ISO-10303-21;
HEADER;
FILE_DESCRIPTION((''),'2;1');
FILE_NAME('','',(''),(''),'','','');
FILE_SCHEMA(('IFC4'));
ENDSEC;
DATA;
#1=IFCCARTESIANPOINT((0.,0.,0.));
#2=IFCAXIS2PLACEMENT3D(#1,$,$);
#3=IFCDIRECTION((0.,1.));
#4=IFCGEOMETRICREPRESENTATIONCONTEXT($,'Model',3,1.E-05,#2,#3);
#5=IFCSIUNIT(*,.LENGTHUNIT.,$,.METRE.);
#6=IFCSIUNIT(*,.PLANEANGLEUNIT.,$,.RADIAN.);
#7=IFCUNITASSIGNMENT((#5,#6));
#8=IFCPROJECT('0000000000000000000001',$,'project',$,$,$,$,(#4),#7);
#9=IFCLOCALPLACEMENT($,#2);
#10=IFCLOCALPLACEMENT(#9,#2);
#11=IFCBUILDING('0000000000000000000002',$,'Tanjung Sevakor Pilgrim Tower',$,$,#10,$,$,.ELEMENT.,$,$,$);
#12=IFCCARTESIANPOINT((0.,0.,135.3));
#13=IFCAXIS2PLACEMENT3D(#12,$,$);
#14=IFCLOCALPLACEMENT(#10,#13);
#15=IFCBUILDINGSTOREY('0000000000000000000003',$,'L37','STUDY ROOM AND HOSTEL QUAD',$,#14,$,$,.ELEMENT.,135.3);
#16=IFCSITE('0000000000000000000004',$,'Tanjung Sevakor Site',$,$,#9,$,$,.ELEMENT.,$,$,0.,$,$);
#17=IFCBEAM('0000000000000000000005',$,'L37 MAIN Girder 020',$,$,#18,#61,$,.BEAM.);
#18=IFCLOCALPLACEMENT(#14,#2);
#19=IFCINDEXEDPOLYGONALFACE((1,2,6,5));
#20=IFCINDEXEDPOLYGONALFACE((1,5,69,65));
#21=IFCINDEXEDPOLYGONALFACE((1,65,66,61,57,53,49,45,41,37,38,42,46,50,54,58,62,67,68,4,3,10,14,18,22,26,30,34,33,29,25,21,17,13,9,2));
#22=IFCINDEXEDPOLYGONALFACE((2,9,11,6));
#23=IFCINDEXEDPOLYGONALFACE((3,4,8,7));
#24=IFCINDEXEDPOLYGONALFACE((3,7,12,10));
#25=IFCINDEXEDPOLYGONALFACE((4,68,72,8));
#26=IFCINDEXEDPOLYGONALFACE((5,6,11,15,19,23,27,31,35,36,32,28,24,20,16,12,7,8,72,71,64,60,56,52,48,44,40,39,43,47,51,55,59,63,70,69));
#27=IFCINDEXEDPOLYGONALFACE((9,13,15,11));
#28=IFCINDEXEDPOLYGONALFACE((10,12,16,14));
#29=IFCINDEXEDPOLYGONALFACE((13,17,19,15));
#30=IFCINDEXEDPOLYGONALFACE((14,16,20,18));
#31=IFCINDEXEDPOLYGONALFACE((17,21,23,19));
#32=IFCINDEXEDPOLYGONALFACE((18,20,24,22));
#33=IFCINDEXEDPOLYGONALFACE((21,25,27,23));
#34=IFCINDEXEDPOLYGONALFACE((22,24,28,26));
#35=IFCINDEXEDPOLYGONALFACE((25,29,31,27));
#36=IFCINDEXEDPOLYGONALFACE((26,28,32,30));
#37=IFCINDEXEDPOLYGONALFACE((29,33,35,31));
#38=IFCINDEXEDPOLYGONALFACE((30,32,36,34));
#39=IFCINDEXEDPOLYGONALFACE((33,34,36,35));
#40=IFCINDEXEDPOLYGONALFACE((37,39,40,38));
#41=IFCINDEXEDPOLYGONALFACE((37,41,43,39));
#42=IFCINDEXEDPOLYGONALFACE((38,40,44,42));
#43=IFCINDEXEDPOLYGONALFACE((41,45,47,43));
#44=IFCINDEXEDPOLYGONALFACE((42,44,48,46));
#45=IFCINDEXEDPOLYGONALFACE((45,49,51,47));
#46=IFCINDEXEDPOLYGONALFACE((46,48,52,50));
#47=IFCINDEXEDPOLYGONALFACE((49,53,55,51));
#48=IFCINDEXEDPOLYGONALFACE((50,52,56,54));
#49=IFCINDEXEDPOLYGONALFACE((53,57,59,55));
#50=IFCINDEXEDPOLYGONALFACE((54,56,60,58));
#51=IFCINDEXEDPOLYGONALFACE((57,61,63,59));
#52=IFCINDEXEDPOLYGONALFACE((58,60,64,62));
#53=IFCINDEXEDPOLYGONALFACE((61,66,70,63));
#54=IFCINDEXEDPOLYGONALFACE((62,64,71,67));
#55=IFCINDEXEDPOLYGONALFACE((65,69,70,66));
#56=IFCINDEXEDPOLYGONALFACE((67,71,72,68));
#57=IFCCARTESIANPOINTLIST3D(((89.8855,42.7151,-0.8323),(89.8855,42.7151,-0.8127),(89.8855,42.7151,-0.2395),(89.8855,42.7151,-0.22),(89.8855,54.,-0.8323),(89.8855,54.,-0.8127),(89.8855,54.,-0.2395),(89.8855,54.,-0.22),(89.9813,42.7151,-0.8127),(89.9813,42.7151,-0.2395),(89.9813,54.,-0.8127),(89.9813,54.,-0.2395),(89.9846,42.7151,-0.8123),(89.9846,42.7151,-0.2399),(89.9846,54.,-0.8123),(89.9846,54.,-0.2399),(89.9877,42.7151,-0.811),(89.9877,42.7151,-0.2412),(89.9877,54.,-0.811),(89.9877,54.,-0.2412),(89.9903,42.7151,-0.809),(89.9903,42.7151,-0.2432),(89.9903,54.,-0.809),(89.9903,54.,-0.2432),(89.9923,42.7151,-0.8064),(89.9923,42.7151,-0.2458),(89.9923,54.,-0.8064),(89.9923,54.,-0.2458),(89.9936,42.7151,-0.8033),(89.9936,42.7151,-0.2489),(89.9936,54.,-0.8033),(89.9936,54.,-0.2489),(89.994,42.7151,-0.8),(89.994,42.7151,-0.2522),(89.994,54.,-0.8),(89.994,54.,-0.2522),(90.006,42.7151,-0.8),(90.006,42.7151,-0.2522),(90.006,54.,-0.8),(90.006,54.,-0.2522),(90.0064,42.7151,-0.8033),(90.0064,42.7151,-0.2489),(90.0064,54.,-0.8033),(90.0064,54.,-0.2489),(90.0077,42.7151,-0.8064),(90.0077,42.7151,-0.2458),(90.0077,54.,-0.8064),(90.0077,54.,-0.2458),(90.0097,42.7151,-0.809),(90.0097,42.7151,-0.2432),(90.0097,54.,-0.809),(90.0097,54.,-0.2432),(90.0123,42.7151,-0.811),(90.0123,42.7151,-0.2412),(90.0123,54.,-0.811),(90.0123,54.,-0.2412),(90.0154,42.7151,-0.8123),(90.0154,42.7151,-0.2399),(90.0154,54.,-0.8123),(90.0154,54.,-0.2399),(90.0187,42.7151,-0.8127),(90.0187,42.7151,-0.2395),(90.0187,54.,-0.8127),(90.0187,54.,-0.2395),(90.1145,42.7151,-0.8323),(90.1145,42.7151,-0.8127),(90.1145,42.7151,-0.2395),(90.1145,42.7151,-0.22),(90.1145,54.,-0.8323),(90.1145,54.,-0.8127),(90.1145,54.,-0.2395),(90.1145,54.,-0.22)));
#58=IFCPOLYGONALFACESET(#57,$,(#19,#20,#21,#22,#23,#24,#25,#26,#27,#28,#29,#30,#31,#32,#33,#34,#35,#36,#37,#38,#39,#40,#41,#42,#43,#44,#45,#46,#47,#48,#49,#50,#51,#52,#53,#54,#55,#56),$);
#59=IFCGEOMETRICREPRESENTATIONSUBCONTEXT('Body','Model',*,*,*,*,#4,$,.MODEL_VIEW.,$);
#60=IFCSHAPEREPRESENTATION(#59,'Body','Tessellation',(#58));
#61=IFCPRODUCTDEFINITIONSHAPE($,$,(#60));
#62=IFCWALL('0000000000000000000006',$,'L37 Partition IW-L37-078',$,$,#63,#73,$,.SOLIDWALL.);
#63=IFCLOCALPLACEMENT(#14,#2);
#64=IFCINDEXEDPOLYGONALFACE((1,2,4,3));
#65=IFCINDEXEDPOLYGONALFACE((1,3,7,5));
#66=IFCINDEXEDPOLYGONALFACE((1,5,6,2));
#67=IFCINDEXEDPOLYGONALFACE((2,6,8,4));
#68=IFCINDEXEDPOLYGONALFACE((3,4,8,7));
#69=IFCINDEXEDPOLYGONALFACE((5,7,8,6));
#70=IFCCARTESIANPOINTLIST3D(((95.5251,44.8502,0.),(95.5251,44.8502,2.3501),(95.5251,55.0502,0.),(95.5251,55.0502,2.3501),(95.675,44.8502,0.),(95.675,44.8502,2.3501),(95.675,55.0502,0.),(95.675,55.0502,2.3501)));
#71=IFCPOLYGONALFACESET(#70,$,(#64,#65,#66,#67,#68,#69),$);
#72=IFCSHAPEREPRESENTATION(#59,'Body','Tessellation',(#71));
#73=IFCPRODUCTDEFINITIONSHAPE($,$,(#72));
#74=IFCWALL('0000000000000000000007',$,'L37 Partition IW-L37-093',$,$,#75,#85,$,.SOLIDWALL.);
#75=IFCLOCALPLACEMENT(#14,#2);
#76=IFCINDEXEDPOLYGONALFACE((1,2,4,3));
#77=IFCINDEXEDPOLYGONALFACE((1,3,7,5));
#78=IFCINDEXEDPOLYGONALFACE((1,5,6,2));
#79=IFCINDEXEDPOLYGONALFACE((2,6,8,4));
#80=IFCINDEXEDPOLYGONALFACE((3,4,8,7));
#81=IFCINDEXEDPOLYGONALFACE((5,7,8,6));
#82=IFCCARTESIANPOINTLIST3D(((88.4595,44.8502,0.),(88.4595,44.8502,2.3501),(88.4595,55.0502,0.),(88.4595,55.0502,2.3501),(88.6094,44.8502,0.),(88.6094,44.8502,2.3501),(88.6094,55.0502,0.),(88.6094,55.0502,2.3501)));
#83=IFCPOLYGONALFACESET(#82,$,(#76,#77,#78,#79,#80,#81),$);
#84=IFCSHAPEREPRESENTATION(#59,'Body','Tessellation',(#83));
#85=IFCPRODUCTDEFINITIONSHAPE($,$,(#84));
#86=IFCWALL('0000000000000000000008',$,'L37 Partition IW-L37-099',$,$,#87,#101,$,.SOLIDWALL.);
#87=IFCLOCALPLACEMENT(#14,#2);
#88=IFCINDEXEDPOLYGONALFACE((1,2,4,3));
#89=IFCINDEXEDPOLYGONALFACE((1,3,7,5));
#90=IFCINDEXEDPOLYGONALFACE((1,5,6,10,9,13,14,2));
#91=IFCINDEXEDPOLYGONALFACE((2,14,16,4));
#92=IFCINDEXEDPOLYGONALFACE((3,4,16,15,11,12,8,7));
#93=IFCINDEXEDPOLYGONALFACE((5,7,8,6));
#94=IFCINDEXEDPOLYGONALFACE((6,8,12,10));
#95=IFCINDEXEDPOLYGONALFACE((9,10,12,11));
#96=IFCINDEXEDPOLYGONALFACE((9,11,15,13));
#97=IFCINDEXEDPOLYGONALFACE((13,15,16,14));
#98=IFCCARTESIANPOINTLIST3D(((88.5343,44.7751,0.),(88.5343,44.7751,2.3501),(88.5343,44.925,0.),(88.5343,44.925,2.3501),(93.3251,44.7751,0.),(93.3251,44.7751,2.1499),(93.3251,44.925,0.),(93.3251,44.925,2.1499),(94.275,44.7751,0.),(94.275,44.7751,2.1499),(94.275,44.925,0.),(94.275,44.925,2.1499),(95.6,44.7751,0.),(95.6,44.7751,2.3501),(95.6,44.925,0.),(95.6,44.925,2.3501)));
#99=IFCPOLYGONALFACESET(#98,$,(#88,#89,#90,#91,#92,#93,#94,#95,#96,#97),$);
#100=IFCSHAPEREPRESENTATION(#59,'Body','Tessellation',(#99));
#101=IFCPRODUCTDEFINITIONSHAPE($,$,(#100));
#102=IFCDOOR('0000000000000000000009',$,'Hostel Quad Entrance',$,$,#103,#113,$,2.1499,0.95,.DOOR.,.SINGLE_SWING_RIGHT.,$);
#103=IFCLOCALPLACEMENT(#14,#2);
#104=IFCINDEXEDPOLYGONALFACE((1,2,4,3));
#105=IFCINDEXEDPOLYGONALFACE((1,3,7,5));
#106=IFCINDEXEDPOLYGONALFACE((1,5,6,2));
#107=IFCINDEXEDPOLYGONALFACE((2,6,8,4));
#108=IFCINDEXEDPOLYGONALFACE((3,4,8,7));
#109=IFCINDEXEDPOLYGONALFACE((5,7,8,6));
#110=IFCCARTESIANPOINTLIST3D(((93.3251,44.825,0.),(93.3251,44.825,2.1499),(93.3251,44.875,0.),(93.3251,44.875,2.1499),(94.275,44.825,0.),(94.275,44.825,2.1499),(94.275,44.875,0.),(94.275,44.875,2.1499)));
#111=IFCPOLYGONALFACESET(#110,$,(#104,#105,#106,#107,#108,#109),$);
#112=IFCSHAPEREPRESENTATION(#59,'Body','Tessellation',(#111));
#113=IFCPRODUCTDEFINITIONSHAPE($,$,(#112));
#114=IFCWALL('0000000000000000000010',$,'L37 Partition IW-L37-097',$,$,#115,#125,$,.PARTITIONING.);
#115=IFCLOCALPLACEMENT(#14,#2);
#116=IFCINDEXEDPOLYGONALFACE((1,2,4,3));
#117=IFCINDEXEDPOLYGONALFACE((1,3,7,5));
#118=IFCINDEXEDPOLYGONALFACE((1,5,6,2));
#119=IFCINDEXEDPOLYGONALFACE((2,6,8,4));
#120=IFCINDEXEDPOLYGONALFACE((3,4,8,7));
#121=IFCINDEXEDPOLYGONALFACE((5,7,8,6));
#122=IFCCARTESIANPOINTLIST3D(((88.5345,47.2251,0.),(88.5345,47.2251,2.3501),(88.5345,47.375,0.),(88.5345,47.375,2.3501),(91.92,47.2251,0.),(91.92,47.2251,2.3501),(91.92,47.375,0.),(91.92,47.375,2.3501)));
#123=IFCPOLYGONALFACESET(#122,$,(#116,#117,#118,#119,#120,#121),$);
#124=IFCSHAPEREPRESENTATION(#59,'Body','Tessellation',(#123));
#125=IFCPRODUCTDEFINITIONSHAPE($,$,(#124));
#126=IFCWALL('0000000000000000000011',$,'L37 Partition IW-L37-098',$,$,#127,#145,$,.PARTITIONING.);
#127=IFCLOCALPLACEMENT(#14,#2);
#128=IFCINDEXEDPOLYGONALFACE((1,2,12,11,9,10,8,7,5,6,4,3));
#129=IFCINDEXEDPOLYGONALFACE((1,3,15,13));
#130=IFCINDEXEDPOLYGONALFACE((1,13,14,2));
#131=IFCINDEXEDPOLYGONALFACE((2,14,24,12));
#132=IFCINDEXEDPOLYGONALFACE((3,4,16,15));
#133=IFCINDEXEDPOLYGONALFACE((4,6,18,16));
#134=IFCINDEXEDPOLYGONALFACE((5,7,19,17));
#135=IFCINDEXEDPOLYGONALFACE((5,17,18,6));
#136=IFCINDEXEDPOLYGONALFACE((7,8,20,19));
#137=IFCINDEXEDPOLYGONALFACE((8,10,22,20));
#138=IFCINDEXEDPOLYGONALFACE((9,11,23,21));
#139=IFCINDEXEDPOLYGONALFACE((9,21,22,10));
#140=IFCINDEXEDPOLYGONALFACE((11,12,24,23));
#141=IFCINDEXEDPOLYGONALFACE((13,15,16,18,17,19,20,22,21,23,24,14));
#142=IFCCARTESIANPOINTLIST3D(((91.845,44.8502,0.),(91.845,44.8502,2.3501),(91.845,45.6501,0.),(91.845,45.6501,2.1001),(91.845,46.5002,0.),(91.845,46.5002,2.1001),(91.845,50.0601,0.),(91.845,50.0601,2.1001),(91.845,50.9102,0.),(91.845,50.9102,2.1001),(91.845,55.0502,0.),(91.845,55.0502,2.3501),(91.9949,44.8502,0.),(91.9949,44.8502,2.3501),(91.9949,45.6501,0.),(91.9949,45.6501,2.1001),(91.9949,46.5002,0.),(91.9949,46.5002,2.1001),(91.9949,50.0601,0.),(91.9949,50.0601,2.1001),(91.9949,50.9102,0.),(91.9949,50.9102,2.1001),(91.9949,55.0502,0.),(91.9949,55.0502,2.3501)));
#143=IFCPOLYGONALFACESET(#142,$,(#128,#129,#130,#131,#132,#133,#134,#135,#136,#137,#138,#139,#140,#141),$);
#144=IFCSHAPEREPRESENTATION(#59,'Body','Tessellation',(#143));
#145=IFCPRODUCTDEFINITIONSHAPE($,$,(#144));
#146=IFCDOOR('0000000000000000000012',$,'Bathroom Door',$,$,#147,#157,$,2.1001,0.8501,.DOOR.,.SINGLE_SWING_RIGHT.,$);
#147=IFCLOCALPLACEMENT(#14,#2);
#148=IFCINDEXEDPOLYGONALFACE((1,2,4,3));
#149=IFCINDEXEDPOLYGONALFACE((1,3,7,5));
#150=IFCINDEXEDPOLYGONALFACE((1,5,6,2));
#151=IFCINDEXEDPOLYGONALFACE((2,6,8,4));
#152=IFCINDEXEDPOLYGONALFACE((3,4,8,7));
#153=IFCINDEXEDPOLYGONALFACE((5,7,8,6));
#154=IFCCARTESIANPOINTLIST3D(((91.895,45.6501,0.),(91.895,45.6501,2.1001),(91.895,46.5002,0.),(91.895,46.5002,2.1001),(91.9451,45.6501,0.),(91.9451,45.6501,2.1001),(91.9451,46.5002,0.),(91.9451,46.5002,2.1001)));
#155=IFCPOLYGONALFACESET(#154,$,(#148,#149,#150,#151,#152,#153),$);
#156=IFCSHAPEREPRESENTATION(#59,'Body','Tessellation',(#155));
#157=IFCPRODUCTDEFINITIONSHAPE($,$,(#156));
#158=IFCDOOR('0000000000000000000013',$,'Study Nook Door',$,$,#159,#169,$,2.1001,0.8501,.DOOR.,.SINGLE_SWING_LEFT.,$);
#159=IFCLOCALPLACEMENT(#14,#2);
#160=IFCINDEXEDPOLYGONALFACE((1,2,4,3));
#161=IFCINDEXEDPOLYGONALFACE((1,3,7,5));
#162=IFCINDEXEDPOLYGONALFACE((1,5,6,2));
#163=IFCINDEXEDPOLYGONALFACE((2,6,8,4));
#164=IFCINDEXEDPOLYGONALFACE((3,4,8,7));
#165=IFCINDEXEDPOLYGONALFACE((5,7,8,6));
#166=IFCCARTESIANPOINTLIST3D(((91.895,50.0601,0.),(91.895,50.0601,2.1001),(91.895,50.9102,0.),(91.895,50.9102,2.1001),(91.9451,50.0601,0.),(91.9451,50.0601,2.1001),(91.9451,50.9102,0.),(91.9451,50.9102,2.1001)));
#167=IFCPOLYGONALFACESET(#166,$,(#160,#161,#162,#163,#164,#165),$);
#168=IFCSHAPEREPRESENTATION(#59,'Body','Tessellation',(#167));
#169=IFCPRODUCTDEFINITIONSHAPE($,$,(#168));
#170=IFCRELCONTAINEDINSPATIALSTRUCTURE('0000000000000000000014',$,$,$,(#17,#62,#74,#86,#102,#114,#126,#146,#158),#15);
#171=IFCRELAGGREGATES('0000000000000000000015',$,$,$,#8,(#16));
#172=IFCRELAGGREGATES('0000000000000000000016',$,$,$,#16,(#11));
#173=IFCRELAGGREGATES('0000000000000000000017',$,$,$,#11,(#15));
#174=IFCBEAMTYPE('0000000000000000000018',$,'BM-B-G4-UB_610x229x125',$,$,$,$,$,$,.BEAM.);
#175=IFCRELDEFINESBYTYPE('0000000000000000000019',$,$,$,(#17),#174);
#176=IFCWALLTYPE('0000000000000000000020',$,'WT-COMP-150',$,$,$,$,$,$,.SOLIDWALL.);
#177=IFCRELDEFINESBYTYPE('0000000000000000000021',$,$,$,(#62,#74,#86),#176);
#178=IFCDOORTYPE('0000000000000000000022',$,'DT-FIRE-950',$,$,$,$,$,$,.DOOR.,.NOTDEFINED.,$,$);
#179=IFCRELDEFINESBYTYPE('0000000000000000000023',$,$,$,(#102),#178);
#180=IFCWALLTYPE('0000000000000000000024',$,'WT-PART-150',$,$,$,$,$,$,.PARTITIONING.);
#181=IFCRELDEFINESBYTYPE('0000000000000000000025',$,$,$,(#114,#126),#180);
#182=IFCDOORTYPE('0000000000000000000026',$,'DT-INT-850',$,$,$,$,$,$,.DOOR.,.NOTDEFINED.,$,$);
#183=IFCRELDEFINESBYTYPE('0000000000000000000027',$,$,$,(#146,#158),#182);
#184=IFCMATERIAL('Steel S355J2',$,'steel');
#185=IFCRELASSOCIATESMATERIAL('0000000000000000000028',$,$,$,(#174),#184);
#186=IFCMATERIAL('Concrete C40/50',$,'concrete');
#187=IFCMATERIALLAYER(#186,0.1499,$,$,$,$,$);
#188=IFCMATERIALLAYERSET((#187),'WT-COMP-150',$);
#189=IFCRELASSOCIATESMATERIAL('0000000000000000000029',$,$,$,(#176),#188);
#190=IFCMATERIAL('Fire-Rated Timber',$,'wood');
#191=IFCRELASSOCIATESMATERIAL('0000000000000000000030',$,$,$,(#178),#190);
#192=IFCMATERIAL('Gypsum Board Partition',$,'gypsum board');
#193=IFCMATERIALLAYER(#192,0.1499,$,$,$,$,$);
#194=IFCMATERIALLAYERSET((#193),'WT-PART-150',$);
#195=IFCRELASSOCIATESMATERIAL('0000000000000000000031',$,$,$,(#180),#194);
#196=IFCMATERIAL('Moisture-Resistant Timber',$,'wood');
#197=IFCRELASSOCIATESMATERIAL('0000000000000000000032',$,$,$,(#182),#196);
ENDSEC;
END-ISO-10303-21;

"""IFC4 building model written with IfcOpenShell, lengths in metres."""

from ifc_helpers import new_model, si_unit, direction, frame, frame_2d, origin, origin_2d, place, context, subcontext, project, spatial, rectangle, i_section, extrude, material, layer, layer_set, material_profile, profile_set, type_object, element, fill, save


model = new_model("IFC4")

# Units and contexts
model_context = context("Model", 3, precision=1e-05, world=origin(), true_north=direction((0.0, 1.0)))
body_context = subcontext(model_context, "Body", "Model", "MODEL_VIEW")
ifc_project = project(units=[si_unit("LENGTHUNIT", "METRE"), si_unit("PLANEANGLEUNIT", "RADIAN")], contexts=[model_context])

# Site, building, storey
site_placement = place(None, origin())
site = spatial("IfcSite", under=ifc_project, at=site_placement, Name="Tanjung Sevakor Site", CompositionType="ELEMENT", RefElevation=0.0)
building_placement = place(site_placement, origin())
building = spatial("IfcBuilding", under=site, at=building_placement, Name="Tanjung Sevakor Pilgrim Tower", CompositionType="ELEMENT")
storey_placement = place(building_placement, frame((0.0, 0.0, 135.3)))
storey = spatial("IfcBuildingStorey", under=building, at=storey_placement, Name="L37", Description="STUDY ROOM AND HOSTEL QUAD", CompositionType="ELEMENT", Elevation=135.3)

# Beam
ifc_material_1 = material(Name="Steel S355J2", Category="steel")
ifc_material_profile = material_profile(ifc_material_1, i_section(OverallWidth=0.229, OverallDepth=0.6123, WebThickness=0.012, FlangeThickness=0.0195, FilletRadius=0.0127, at=origin_2d()))
ifc_profile_set = profile_set([ifc_material_profile], Name="Steel S355J2")
beam_type = type_object("IfcBeamType", Name="BM-B-G4-UB_610x229x125", PredefinedType="BEAM", material=ifc_profile_set)
beam_placement = place(storey_placement, frame((90.0, 42.7151, -0.5261), z_axis=(0.0, 1.0, 0.0), x_axis=(-1.0, 0.0, 0.0)))
element("IfcBeam", 1, at=beam_placement, inside=storey, type_object=beam_type, Name="L37 MAIN Girder 020", PredefinedType="BEAM", context=body_context, shape_type="SweptSolid", body=[
    extrude(i_section(OverallWidth=0.229, OverallDepth=0.6123, WebThickness=0.012, FlangeThickness=0.0195, FilletRadius=0.0127, at=origin_2d()), origin(), (0.0, 0.0, 1.0), 11.2849),
])

# Walls
ifc_material_2 = material(Name="Concrete C40/50", Category="concrete")
ifc_layer_1 = layer(ifc_material_2, 0.1499)
ifc_layer_set_1 = layer_set([ifc_layer_1], Name="WT-COMP-150")
wall_type_1 = type_object("IfcWallType", Name="WT-COMP-150", PredefinedType="SOLIDWALL", material=ifc_layer_set_1)
for number, where, z_axis, x_axis, name in (
    (2, (95.6001, 44.8501, 0.0), (0.0, 0.0, 1.0), (0.0, 1.0, 0.0), "L37 Partition IW-L37-078"),
    (3, (88.5344, 44.8501, 0.0), (0.0, 0.0, 1.0), (0.0, 1.0, 0.0), "L37 Partition IW-L37-093"),
):
    element("IfcWall", number, at=place(storey_placement, frame(where, z_axis=z_axis, x_axis=x_axis)), inside=storey, type_object=wall_type_1, Name=name, PredefinedType="SOLIDWALL", context=body_context, shape_type="SweptSolid", body=[
        extrude(rectangle(XDim=10.2, YDim=0.1499, at=frame_2d((5.1001, 0.0))), origin(), (0.0, 0.0, 1.0), 2.3501),
    ])

# Wall, opening, door
wall_1_placement = place(storey_placement, frame((88.5344, 44.8501, 0.0), z_axis=(0.0, 0.0, 1.0), x_axis=(1.0, 0.0, 0.0)))
wall_1 = element("IfcWall", 4, at=wall_1_placement, inside=storey, type_object=wall_type_1, Name="L37 Partition IW-L37-099", PredefinedType="SOLIDWALL", context=body_context, shape_type="SweptSolid", body=[
    extrude(rectangle(XDim=7.0657, YDim=0.1499, at=frame_2d((3.5327, 0.0))), origin(), (0.0, 0.0, 1.0), 2.3501),
])
opening_1_placement = place(wall_1_placement, frame((4.7905, 0.0, 0.0)))
opening_1 = element("IfcOpeningElement", 5, at=opening_1_placement, cuts=wall_1, PredefinedType="OPENING", context=body_context, shape_type="SweptSolid", body=[
    extrude(rectangle(XDim=0.95, YDim=2.1499, at=frame_2d((0.4751, 1.075))), frame((0.0, 0.085, 0.0), z_axis=(0.0, -1.0, 0.0), x_axis=(1.0, 0.0, 0.0)), (0.0, 0.0, 1.0), 0.1699),
])
ifc_material_3 = material(Name="Fire-Rated Timber", Category="wood")
door_type_1 = type_object("IfcDoorType", Name="DT-FIRE-950", OperationType="NOTDEFINED", PredefinedType="DOOR", material=ifc_material_3)
door_1_placement = place(opening_1_placement, origin())
door_1 = element("IfcDoor", 6, at=door_1_placement, inside=storey, type_object=door_type_1, Name="Hostel Quad Entrance", OperationType="SINGLE_SWING_RIGHT", OverallHeight=2.1499, OverallWidth=0.95, PredefinedType="DOOR", context=body_context, shape_type="SweptSolid", body=[
    extrude(rectangle(XDim=0.95, YDim=2.1499, at=frame_2d((0.4751, 1.075))), frame((0.0, 0.0249, 0.0), z_axis=(0.0, -1.0, 0.0), x_axis=(1.0, 0.0, 0.0)), (0.0, 0.0, 1.0), 0.05),
])
fill(opening_1, door_1)

# Wall
ifc_material_4 = material(Name="Gypsum Board Partition", Category="gypsum board")
ifc_layer_2 = layer(ifc_material_4, 0.1499)
ifc_layer_set_2 = layer_set([ifc_layer_2], Name="WT-PART-150")
wall_type_2 = type_object("IfcWallType", Name="WT-PART-150", PredefinedType="PARTITIONING", material=ifc_layer_set_2)
wall_2_placement = place(storey_placement, frame((88.5344, 47.3, 0.0), z_axis=(0.0, 0.0, 1.0), x_axis=(1.0, 0.0, 0.0)))
element("IfcWall", 7, at=wall_2_placement, inside=storey, type_object=wall_type_2, Name="L37 Partition IW-L37-097", PredefinedType="PARTITIONING", context=body_context, shape_type="SweptSolid", body=[
    extrude(rectangle(XDim=3.3855, YDim=0.1499, at=frame_2d((1.6929, 0.0))), origin(), (0.0, 0.0, 1.0), 2.3501),
])

# Wall, openings, doors
wall_3_placement = place(storey_placement, frame((91.9199, 44.8501, 0.0), z_axis=(0.0, 0.0, 1.0), x_axis=(0.0, 1.0, 0.0)))
wall_3 = element("IfcWall", 8, at=wall_3_placement, inside=storey, type_object=wall_type_2, Name="L37 Partition IW-L37-098", PredefinedType="PARTITIONING", context=body_context, shape_type="SweptSolid", body=[
    extrude(rectangle(XDim=10.2, YDim=0.1499, at=frame_2d((5.1001, 0.0))), origin(), (0.0, 0.0, 1.0), 2.3501),
])
opening_2_placement = place(wall_3_placement, frame((0.8, 0.0, 0.0)))
opening_2 = element("IfcOpeningElement", 9, at=opening_2_placement, cuts=wall_3, PredefinedType="OPENING", context=body_context, shape_type="SweptSolid", body=[
    extrude(rectangle(XDim=0.8501, YDim=2.1001, at=frame_2d((0.425, 1.05))), frame((0.0, 0.085, 0.0), z_axis=(0.0, -1.0, 0.0), x_axis=(1.0, 0.0, 0.0)), (0.0, 0.0, 1.0), 0.1699),
])
opening_3_placement = place(wall_3_placement, frame((5.21, 0.0, 0.0)))
opening_3 = element("IfcOpeningElement", 10, at=opening_3_placement, cuts=wall_3, PredefinedType="OPENING", context=body_context, shape_type="SweptSolid", body=[
    extrude(rectangle(XDim=0.8501, YDim=2.1001, at=frame_2d((0.425, 1.05))), frame((0.0, 0.085, 0.0), z_axis=(0.0, -1.0, 0.0), x_axis=(1.0, 0.0, 0.0)), (0.0, 0.0, 1.0), 0.1699),
])
ifc_material_5 = material(Name="Moisture-Resistant Timber", Category="wood")
door_type_2 = type_object("IfcDoorType", Name="DT-INT-850", OperationType="NOTDEFINED", PredefinedType="DOOR", material=ifc_material_5)
door_2_placement = place(opening_2_placement, origin())
door_2 = element("IfcDoor", 11, at=door_2_placement, inside=storey, type_object=door_type_2, Name="Bathroom Door", OperationType="SINGLE_SWING_RIGHT", OverallHeight=2.1001, OverallWidth=0.8501, PredefinedType="DOOR", context=body_context, shape_type="SweptSolid", body=[
    extrude(rectangle(XDim=0.8501, YDim=2.1001, at=frame_2d((0.425, 1.05))), frame((0.0, 0.0249, 0.0), z_axis=(0.0, -1.0, 0.0), x_axis=(1.0, 0.0, 0.0)), (0.0, 0.0, 1.0), 0.05),
])
fill(opening_2, door_2)
door_3_placement = place(opening_3_placement, origin())
door_3 = element("IfcDoor", 12, at=door_3_placement, inside=storey, type_object=door_type_2, Name="Study Nook Door", OperationType="SINGLE_SWING_LEFT", OverallHeight=2.1001, OverallWidth=0.8501, PredefinedType="DOOR", context=body_context, shape_type="SweptSolid", body=[
    extrude(rectangle(XDim=0.8501, YDim=2.1001, at=frame_2d((0.425, 1.05))), frame((0.0, 0.0249, 0.0), z_axis=(0.0, -1.0, 0.0), x_axis=(1.0, 0.0, 0.0)), (0.0, 0.0, 1.0), 0.05),
])
fill(opening_3, door_3)

save(model, "model.ifc")
